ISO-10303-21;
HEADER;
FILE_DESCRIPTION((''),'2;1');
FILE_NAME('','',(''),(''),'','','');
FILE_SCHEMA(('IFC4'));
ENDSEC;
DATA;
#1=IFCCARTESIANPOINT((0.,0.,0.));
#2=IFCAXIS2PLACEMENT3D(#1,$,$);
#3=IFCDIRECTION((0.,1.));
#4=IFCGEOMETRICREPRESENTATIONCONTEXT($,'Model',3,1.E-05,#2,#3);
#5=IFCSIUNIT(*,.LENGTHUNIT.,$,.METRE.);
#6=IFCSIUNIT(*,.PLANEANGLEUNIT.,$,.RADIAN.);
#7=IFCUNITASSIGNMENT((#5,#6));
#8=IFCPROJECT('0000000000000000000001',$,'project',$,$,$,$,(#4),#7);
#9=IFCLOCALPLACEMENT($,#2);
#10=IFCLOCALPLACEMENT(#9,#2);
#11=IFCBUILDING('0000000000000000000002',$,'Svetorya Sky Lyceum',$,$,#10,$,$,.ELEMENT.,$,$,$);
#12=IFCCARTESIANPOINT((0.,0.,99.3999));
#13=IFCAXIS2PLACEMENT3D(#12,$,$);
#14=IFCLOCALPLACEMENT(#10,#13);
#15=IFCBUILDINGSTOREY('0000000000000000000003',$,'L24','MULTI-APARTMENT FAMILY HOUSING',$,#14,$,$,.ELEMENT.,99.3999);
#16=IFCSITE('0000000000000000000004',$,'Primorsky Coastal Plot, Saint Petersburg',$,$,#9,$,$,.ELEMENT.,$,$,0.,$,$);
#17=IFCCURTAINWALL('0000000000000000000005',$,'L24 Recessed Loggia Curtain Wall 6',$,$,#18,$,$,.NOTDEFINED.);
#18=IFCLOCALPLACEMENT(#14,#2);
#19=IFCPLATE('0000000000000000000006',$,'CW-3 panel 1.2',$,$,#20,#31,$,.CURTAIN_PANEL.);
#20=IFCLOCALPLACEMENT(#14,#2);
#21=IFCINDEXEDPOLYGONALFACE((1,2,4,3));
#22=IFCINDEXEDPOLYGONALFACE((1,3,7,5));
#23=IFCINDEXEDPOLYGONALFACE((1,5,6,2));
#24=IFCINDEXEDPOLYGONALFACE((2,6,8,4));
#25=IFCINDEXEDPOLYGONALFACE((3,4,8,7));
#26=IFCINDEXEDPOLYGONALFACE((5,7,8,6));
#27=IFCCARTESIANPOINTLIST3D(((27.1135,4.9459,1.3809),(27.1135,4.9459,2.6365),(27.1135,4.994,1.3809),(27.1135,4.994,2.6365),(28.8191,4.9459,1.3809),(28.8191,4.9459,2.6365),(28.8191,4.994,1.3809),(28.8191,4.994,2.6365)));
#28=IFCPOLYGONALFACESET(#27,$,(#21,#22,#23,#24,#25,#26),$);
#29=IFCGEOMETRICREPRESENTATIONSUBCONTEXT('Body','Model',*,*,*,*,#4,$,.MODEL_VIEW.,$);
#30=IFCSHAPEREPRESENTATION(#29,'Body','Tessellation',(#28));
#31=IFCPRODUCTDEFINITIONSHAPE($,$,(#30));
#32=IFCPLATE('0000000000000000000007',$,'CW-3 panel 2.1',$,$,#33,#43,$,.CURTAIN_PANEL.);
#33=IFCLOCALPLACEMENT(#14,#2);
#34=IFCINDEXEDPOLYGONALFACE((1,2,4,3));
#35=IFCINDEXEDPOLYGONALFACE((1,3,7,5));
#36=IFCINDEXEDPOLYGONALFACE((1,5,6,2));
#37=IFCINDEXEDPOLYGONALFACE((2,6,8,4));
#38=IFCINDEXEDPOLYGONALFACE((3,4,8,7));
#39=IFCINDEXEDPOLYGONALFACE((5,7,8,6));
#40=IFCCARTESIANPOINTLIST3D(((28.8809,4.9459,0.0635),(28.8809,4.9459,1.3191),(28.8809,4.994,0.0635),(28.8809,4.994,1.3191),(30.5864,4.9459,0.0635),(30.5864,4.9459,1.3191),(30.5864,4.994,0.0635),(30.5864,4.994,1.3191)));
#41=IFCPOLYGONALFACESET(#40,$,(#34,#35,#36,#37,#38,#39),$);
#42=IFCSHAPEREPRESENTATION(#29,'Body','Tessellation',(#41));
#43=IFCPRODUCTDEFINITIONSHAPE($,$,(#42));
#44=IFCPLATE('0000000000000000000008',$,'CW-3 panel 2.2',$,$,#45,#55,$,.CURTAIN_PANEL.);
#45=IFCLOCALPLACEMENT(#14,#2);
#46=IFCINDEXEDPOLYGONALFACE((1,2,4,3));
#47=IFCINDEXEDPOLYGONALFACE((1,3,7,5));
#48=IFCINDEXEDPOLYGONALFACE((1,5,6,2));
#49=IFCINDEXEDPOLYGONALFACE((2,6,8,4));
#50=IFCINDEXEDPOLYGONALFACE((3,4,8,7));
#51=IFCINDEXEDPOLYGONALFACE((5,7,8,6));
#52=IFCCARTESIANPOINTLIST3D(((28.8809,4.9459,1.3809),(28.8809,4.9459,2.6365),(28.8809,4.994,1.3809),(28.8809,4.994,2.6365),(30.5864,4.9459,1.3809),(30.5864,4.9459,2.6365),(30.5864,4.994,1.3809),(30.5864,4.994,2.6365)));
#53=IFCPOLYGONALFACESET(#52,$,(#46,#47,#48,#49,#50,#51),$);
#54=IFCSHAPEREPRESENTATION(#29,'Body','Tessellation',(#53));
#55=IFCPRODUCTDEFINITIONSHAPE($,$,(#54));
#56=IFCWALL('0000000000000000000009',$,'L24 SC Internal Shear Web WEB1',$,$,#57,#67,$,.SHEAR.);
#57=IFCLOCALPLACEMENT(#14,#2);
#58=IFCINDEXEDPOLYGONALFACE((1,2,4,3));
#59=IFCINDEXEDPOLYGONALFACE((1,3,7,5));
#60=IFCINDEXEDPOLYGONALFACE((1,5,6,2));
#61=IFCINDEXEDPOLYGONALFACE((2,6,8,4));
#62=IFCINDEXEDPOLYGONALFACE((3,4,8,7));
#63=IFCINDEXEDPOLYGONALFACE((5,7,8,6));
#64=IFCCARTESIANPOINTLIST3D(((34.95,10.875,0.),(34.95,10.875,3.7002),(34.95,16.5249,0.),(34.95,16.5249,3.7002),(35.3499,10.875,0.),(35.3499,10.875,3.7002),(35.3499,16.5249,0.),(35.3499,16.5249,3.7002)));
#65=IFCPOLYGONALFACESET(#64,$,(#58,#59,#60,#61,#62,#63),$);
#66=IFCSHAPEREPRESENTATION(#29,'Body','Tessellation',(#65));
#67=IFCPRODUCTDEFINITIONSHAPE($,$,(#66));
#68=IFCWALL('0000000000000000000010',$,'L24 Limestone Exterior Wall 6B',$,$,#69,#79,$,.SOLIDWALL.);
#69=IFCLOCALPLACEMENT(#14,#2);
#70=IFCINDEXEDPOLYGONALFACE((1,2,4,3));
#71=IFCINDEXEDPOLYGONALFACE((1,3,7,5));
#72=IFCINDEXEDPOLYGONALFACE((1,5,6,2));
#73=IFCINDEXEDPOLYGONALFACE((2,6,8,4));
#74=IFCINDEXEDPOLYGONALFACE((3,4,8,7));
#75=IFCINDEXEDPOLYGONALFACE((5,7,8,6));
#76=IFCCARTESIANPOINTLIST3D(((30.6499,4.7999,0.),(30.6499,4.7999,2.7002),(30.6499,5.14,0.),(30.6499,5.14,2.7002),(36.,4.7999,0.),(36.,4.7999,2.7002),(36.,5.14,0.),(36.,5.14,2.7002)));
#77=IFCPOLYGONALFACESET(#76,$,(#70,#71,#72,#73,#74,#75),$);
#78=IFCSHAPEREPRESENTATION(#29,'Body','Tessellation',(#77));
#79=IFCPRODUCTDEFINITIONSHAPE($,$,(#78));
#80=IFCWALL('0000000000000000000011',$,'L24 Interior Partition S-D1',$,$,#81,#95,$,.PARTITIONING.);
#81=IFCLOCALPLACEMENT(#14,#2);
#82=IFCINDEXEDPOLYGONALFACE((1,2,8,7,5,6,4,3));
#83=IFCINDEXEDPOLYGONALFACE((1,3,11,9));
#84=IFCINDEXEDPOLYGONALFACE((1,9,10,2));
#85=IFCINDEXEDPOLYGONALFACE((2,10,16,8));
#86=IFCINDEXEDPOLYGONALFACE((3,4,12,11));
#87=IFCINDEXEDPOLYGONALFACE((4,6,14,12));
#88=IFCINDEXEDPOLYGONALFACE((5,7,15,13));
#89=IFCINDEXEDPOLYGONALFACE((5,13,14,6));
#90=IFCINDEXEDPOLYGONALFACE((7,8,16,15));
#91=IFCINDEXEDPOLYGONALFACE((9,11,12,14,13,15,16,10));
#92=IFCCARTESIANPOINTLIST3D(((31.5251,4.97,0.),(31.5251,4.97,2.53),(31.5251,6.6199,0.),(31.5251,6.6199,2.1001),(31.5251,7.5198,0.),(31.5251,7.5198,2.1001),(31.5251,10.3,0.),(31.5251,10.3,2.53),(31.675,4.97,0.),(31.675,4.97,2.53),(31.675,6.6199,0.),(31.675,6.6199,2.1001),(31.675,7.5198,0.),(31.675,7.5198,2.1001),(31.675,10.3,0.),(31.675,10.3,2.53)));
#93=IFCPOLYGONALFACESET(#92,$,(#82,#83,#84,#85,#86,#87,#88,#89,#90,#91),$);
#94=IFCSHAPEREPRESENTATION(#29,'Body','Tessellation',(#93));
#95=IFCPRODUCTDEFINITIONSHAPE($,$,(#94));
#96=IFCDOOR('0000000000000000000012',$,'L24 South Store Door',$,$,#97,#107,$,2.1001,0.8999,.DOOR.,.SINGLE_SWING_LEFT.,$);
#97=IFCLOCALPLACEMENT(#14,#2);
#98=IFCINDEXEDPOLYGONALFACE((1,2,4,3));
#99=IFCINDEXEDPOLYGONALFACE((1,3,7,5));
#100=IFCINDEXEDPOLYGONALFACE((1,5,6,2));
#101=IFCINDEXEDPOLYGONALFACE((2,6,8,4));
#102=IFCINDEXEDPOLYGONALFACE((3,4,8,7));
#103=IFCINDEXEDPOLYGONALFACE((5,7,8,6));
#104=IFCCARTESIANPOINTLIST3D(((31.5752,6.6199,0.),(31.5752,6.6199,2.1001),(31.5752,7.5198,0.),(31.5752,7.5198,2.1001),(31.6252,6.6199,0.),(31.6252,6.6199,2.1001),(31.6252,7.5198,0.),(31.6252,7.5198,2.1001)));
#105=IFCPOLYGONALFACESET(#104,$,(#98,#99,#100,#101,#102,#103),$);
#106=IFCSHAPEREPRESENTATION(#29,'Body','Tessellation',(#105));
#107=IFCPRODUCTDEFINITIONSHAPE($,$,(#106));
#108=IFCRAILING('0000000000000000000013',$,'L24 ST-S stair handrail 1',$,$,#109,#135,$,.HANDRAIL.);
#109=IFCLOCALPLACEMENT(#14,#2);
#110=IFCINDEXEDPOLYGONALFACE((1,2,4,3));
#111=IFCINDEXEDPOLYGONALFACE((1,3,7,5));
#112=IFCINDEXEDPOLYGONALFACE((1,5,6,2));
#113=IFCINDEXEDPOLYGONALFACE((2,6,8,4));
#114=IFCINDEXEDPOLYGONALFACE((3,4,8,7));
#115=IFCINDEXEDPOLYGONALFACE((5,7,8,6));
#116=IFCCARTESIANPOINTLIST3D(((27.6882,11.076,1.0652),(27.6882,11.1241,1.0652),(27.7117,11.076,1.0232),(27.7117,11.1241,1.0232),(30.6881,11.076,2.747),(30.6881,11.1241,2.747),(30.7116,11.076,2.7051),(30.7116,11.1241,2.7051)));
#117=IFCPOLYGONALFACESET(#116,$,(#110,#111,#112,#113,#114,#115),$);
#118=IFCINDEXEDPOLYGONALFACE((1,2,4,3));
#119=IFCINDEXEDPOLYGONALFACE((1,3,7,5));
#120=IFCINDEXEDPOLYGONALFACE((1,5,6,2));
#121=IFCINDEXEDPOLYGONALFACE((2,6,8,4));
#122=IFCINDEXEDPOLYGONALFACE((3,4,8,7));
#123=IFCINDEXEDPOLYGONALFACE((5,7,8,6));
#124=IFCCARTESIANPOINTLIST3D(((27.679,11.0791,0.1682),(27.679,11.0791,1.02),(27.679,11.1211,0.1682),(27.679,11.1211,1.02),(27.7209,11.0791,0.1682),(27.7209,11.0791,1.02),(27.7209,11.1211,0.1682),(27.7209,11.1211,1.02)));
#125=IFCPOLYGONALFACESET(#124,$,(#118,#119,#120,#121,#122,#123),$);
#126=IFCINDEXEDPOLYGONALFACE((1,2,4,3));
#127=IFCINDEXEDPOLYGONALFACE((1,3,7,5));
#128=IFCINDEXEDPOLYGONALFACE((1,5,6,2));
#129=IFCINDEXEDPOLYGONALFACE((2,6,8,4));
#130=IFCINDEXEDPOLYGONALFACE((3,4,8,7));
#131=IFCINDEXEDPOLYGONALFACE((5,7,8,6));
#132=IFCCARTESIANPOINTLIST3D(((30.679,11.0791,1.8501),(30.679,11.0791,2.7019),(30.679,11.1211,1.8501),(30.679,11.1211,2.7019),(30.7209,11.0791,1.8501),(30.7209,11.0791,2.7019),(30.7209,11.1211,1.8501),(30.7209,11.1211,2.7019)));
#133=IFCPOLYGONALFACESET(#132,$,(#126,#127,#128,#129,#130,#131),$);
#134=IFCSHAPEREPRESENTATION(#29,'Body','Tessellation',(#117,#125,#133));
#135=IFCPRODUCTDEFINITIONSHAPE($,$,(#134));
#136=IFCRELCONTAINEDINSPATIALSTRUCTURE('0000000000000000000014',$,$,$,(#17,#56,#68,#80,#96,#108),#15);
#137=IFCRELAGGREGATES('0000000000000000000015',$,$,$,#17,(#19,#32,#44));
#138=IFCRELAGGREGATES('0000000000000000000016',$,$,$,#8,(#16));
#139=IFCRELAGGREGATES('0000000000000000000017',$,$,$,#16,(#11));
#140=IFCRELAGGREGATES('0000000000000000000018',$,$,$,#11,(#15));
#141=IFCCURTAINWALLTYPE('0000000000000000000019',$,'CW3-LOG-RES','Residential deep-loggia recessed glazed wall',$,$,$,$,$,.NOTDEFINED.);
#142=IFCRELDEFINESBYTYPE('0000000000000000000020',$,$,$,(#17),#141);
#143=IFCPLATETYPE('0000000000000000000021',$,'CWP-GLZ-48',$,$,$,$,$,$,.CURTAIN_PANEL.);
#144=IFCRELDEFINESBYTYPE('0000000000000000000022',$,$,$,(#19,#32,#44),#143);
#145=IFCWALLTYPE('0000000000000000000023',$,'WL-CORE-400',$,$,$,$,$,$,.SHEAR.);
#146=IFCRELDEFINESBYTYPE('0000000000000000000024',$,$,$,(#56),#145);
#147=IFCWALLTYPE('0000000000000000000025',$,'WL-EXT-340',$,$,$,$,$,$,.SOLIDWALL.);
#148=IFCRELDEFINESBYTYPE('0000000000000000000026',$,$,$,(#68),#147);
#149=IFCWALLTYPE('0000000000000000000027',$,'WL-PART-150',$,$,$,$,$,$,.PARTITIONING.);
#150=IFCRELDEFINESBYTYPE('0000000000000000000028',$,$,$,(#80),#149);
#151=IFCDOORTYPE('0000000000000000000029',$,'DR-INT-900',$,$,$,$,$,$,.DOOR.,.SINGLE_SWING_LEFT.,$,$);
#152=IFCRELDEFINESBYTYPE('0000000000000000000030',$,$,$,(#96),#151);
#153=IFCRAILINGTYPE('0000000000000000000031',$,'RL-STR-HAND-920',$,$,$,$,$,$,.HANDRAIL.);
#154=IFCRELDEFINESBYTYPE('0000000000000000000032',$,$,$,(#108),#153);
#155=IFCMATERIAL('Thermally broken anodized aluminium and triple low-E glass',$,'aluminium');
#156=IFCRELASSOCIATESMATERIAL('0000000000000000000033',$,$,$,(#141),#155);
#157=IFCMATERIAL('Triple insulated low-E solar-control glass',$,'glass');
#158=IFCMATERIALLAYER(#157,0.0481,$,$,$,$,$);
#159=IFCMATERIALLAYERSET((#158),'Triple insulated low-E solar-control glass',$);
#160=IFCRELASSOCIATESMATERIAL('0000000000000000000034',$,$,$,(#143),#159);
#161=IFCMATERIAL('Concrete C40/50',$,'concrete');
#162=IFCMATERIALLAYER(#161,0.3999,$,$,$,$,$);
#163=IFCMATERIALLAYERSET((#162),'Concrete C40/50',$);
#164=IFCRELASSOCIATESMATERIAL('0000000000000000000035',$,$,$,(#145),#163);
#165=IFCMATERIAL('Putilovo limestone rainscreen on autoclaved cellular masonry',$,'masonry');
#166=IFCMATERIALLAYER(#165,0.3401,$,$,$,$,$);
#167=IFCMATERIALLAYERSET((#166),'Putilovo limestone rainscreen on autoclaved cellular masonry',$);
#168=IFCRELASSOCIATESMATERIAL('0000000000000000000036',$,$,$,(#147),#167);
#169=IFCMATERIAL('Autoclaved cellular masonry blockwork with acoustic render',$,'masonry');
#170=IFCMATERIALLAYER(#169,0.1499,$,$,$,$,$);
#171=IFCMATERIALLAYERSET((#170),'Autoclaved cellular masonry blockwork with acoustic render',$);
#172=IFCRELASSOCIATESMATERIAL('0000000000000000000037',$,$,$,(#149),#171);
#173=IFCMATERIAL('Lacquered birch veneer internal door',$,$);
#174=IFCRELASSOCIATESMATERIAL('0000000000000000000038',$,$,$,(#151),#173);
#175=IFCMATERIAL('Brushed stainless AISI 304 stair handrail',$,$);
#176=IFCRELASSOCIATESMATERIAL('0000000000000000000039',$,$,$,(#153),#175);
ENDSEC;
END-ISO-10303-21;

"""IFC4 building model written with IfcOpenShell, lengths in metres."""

from ifc_helpers import new_model, si_unit, direction, frame, frame_2d, origin, origin_2d, place, context, subcontext, project, spatial, rectangle, extrude, material, layer, layer_set, type_object, element, fill, aggregate, save


model = new_model("IFC4")

# Units and contexts
model_context = context("Model", 3, precision=1e-05, world=origin(), true_north=direction((0.0, 1.0)))
body_context = subcontext(model_context, "Body", "Model", "MODEL_VIEW")
ifc_project = project(units=[si_unit("LENGTHUNIT", "METRE"), si_unit("PLANEANGLEUNIT", "RADIAN")], contexts=[model_context])

# Site, building, storey
site_placement = place(None, origin())
site = spatial("IfcSite", under=ifc_project, at=site_placement, Name="Primorsky Coastal Plot, Saint Petersburg", CompositionType="ELEMENT", RefElevation=0.0)
building_placement = place(site_placement, origin())
building = spatial("IfcBuilding", under=site, at=building_placement, Name="Svetorya Sky Lyceum", CompositionType="ELEMENT")
storey_placement = place(building_placement, frame((0.0, 0.0, 99.3999)))
storey = spatial("IfcBuildingStorey", under=building, at=storey_placement, Name="L24", Description="MULTI-APARTMENT FAMILY HOUSING", CompositionType="ELEMENT", Elevation=99.3999)

# Curtain wall, plates
ifc_material_1 = material(Name="Thermally broken anodized aluminium and triple low-E glass", Category="aluminium")
curtain_wall_type = type_object("IfcCurtainWallType", Name="CW3-LOG-RES", Description="Residential deep-loggia recessed glazed wall", PredefinedType="NOTDEFINED", material=ifc_material_1)
curtain_wall_placement = place(storey_placement, origin())
curtain_wall = element("IfcCurtainWall", 1, at=curtain_wall_placement, inside=storey, type_object=curtain_wall_type, Name="L24 Recessed Loggia Curtain Wall 6", PredefinedType="NOTDEFINED")
ifc_material_2 = material(Name="Triple insulated low-E solar-control glass", Category="glass")
ifc_layer_1 = layer(ifc_material_2, 0.0481)
ifc_layer_set_1 = layer_set([ifc_layer_1], Name="Triple insulated low-E solar-control glass")
plate_type = type_object("IfcPlateType", Name="CWP-GLZ-48", PredefinedType="CURTAIN_PANEL", material=ifc_layer_set_1)
plate_1_placement = place(storey_placement, frame((27.9663, 4.97, 1.3809), z_axis=(0.0, 0.0, 1.0), x_axis=(1.0, 0.0, 0.0)))
plate_1 = element("IfcPlate", 2, at=plate_1_placement, type_object=plate_type, Name="CW-3 panel 1.2", PredefinedType="CURTAIN_PANEL", context=body_context, shape_type="SweptSolid", body=[
    extrude(rectangle(XDim=1.7056, YDim=0.0481, at=origin_2d()), origin(), (0.0, 0.0, 1.0), 1.2556),
])
plate_2_placement = place(storey_placement, frame((29.7336, 4.97, 0.0635), z_axis=(0.0, 0.0, 1.0), x_axis=(1.0, 0.0, 0.0)))
plate_2 = element("IfcPlate", 3, at=plate_2_placement, type_object=plate_type, Name="CW-3 panel 2.1", PredefinedType="CURTAIN_PANEL", context=body_context, shape_type="SweptSolid", body=[
    extrude(rectangle(XDim=1.7056, YDim=0.0481, at=origin_2d()), origin(), (0.0, 0.0, 1.0), 1.2556),
])
plate_3_placement = place(storey_placement, frame((29.7336, 4.97, 1.3809), z_axis=(0.0, 0.0, 1.0), x_axis=(1.0, 0.0, 0.0)))
plate_3 = element("IfcPlate", 4, at=plate_3_placement, type_object=plate_type, Name="CW-3 panel 2.2", PredefinedType="CURTAIN_PANEL", context=body_context, shape_type="SweptSolid", body=[
    extrude(rectangle(XDim=1.7056, YDim=0.0481, at=origin_2d()), origin(), (0.0, 0.0, 1.0), 1.2556),
])
aggregate(curtain_wall, [plate_1, plate_2, plate_3])

# Walls
ifc_material_3 = material(Name="Concrete C40/50", Category="concrete")
ifc_layer_2 = layer(ifc_material_3, 0.3999)
ifc_layer_set_2 = layer_set([ifc_layer_2], Name="Concrete C40/50")
wall_type_1 = type_object("IfcWallType", Name="WL-CORE-400", PredefinedType="SHEAR", material=ifc_layer_set_2)
wall_1_placement = place(storey_placement, frame((35.1499, 10.875, 0.0), z_axis=(0.0, 0.0, 1.0), x_axis=(0.0, 1.0, 0.0)))
element("IfcWall", 5, at=wall_1_placement, inside=storey, type_object=wall_type_1, Name="L24 SC Internal Shear Web WEB1", PredefinedType="SHEAR", context=body_context, shape_type="SweptSolid", body=[
    extrude(rectangle(XDim=5.6499, YDim=0.3999, at=frame_2d((2.825, 0.0))), origin(), (0.0, 0.0, 1.0), 3.7002),
])
ifc_material_4 = material(Name="Putilovo limestone rainscreen on autoclaved cellular masonry", Category="masonry")
ifc_layer_3 = layer(ifc_material_4, 0.3401)
ifc_layer_set_3 = layer_set([ifc_layer_3], Name="Putilovo limestone rainscreen on autoclaved cellular masonry")
wall_type_2 = type_object("IfcWallType", Name="WL-EXT-340", PredefinedType="SOLIDWALL", material=ifc_layer_set_3)
wall_2_placement = place(storey_placement, frame((30.6499, 4.97, 0.0), z_axis=(0.0, 0.0, 1.0), x_axis=(1.0, 0.0, 0.0)))
element("IfcWall", 6, at=wall_2_placement, inside=storey, type_object=wall_type_2, Name="L24 Limestone Exterior Wall 6B", PredefinedType="SOLIDWALL", context=body_context, shape_type="SweptSolid", body=[
    extrude(rectangle(XDim=5.3501, YDim=0.3401, at=frame_2d((2.675, 0.0))), origin(), (0.0, 0.0, 1.0), 2.7002),
])

# Wall, opening, door
ifc_material_5 = material(Name="Autoclaved cellular masonry blockwork with acoustic render", Category="masonry")
ifc_layer_4 = layer(ifc_material_5, 0.1499)
ifc_layer_set_4 = layer_set([ifc_layer_4], Name="Autoclaved cellular masonry blockwork with acoustic render")
wall_type_3 = type_object("IfcWallType", Name="WL-PART-150", PredefinedType="PARTITIONING", material=ifc_layer_set_4)
wall_3_placement = place(storey_placement, frame((31.6001, 4.97, 0.0), z_axis=(0.0, 0.0, 1.0), x_axis=(0.0, 1.0, 0.0)))
wall_3 = element("IfcWall", 7, at=wall_3_placement, inside=storey, type_object=wall_type_3, Name="L24 Interior Partition S-D1", PredefinedType="PARTITIONING", context=body_context, shape_type="SweptSolid", body=[
    extrude(rectangle(XDim=5.3301, YDim=0.1499, at=frame_2d((2.665, 0.0))), origin(), (0.0, 0.0, 1.0), 2.53),
])
opening_placement = place(wall_3_placement, frame((1.6499, 0.0, 0.0)))
opening = element("IfcOpeningElement", 8, at=opening_placement, cuts=wall_3, PredefinedType="OPENING", context=body_context, shape_type="SweptSolid", body=[
    extrude(rectangle(XDim=0.8999, YDim=2.1001, at=frame_2d((0.45, 1.05))), frame((0.0, 0.085, 0.0), z_axis=(0.0, -1.0, 0.0), x_axis=(1.0, 0.0, 0.0)), (0.0, 0.0, 1.0), 0.1699),
])
ifc_material_6 = material(Name="Lacquered birch veneer internal door")
door_type = type_object("IfcDoorType", Name="DR-INT-900", OperationType="SINGLE_SWING_LEFT", PredefinedType="DOOR", material=ifc_material_6)
door_placement = place(opening_placement, origin())
door = element("IfcDoor", 9, at=door_placement, inside=storey, type_object=door_type, Name="L24 South Store Door", OperationType="SINGLE_SWING_LEFT", OverallHeight=2.1001, OverallWidth=0.8999, PredefinedType="DOOR", context=body_context, shape_type="SweptSolid", body=[
    extrude(rectangle(XDim=0.8999, YDim=2.1001, at=frame_2d((0.45, 1.05))), frame((0.0, 0.0249, 0.0), z_axis=(0.0, -1.0, 0.0), x_axis=(1.0, 0.0, 0.0)), (0.0, 0.0, 1.0), 0.05),
])
fill(opening, door)

# Railing
ifc_material_7 = material(Name="Brushed stainless AISI 304 stair handrail")
railing_type = type_object("IfcRailingType", Name="RL-STR-HAND-920", PredefinedType="HANDRAIL", material=ifc_material_7)
railing_placement = place(storey_placement, frame((27.7, 11.1001, 0.1682)))
element("IfcRailing", 10, at=railing_placement, inside=storey, type_object=railing_type, Name="L24 ST-S stair handrail 1", PredefinedType="HANDRAIL", context=body_context, shape_type="SweptSolid", body=[
    extrude(rectangle(XDim=0.0481, YDim=0.0481, at=origin_2d()), frame((0.0, 0.0, 0.876), z_axis=(0.872272, 0.0, 0.48902), x_axis=(0.0, 1.0, 0.0)), (0.0, 0.0, 1.0), 3.4392),
    extrude(rectangle(XDim=0.042, YDim=0.042, at=origin_2d()), origin(), (0.0, 0.0, 1.0), 0.8518),
    extrude(rectangle(XDim=0.042, YDim=0.042, at=origin_2d()), frame((3.0, 0.0, 1.6819)), (0.0, 0.0, 1.0), 0.8518),
])

save(model, "model.ifc")
